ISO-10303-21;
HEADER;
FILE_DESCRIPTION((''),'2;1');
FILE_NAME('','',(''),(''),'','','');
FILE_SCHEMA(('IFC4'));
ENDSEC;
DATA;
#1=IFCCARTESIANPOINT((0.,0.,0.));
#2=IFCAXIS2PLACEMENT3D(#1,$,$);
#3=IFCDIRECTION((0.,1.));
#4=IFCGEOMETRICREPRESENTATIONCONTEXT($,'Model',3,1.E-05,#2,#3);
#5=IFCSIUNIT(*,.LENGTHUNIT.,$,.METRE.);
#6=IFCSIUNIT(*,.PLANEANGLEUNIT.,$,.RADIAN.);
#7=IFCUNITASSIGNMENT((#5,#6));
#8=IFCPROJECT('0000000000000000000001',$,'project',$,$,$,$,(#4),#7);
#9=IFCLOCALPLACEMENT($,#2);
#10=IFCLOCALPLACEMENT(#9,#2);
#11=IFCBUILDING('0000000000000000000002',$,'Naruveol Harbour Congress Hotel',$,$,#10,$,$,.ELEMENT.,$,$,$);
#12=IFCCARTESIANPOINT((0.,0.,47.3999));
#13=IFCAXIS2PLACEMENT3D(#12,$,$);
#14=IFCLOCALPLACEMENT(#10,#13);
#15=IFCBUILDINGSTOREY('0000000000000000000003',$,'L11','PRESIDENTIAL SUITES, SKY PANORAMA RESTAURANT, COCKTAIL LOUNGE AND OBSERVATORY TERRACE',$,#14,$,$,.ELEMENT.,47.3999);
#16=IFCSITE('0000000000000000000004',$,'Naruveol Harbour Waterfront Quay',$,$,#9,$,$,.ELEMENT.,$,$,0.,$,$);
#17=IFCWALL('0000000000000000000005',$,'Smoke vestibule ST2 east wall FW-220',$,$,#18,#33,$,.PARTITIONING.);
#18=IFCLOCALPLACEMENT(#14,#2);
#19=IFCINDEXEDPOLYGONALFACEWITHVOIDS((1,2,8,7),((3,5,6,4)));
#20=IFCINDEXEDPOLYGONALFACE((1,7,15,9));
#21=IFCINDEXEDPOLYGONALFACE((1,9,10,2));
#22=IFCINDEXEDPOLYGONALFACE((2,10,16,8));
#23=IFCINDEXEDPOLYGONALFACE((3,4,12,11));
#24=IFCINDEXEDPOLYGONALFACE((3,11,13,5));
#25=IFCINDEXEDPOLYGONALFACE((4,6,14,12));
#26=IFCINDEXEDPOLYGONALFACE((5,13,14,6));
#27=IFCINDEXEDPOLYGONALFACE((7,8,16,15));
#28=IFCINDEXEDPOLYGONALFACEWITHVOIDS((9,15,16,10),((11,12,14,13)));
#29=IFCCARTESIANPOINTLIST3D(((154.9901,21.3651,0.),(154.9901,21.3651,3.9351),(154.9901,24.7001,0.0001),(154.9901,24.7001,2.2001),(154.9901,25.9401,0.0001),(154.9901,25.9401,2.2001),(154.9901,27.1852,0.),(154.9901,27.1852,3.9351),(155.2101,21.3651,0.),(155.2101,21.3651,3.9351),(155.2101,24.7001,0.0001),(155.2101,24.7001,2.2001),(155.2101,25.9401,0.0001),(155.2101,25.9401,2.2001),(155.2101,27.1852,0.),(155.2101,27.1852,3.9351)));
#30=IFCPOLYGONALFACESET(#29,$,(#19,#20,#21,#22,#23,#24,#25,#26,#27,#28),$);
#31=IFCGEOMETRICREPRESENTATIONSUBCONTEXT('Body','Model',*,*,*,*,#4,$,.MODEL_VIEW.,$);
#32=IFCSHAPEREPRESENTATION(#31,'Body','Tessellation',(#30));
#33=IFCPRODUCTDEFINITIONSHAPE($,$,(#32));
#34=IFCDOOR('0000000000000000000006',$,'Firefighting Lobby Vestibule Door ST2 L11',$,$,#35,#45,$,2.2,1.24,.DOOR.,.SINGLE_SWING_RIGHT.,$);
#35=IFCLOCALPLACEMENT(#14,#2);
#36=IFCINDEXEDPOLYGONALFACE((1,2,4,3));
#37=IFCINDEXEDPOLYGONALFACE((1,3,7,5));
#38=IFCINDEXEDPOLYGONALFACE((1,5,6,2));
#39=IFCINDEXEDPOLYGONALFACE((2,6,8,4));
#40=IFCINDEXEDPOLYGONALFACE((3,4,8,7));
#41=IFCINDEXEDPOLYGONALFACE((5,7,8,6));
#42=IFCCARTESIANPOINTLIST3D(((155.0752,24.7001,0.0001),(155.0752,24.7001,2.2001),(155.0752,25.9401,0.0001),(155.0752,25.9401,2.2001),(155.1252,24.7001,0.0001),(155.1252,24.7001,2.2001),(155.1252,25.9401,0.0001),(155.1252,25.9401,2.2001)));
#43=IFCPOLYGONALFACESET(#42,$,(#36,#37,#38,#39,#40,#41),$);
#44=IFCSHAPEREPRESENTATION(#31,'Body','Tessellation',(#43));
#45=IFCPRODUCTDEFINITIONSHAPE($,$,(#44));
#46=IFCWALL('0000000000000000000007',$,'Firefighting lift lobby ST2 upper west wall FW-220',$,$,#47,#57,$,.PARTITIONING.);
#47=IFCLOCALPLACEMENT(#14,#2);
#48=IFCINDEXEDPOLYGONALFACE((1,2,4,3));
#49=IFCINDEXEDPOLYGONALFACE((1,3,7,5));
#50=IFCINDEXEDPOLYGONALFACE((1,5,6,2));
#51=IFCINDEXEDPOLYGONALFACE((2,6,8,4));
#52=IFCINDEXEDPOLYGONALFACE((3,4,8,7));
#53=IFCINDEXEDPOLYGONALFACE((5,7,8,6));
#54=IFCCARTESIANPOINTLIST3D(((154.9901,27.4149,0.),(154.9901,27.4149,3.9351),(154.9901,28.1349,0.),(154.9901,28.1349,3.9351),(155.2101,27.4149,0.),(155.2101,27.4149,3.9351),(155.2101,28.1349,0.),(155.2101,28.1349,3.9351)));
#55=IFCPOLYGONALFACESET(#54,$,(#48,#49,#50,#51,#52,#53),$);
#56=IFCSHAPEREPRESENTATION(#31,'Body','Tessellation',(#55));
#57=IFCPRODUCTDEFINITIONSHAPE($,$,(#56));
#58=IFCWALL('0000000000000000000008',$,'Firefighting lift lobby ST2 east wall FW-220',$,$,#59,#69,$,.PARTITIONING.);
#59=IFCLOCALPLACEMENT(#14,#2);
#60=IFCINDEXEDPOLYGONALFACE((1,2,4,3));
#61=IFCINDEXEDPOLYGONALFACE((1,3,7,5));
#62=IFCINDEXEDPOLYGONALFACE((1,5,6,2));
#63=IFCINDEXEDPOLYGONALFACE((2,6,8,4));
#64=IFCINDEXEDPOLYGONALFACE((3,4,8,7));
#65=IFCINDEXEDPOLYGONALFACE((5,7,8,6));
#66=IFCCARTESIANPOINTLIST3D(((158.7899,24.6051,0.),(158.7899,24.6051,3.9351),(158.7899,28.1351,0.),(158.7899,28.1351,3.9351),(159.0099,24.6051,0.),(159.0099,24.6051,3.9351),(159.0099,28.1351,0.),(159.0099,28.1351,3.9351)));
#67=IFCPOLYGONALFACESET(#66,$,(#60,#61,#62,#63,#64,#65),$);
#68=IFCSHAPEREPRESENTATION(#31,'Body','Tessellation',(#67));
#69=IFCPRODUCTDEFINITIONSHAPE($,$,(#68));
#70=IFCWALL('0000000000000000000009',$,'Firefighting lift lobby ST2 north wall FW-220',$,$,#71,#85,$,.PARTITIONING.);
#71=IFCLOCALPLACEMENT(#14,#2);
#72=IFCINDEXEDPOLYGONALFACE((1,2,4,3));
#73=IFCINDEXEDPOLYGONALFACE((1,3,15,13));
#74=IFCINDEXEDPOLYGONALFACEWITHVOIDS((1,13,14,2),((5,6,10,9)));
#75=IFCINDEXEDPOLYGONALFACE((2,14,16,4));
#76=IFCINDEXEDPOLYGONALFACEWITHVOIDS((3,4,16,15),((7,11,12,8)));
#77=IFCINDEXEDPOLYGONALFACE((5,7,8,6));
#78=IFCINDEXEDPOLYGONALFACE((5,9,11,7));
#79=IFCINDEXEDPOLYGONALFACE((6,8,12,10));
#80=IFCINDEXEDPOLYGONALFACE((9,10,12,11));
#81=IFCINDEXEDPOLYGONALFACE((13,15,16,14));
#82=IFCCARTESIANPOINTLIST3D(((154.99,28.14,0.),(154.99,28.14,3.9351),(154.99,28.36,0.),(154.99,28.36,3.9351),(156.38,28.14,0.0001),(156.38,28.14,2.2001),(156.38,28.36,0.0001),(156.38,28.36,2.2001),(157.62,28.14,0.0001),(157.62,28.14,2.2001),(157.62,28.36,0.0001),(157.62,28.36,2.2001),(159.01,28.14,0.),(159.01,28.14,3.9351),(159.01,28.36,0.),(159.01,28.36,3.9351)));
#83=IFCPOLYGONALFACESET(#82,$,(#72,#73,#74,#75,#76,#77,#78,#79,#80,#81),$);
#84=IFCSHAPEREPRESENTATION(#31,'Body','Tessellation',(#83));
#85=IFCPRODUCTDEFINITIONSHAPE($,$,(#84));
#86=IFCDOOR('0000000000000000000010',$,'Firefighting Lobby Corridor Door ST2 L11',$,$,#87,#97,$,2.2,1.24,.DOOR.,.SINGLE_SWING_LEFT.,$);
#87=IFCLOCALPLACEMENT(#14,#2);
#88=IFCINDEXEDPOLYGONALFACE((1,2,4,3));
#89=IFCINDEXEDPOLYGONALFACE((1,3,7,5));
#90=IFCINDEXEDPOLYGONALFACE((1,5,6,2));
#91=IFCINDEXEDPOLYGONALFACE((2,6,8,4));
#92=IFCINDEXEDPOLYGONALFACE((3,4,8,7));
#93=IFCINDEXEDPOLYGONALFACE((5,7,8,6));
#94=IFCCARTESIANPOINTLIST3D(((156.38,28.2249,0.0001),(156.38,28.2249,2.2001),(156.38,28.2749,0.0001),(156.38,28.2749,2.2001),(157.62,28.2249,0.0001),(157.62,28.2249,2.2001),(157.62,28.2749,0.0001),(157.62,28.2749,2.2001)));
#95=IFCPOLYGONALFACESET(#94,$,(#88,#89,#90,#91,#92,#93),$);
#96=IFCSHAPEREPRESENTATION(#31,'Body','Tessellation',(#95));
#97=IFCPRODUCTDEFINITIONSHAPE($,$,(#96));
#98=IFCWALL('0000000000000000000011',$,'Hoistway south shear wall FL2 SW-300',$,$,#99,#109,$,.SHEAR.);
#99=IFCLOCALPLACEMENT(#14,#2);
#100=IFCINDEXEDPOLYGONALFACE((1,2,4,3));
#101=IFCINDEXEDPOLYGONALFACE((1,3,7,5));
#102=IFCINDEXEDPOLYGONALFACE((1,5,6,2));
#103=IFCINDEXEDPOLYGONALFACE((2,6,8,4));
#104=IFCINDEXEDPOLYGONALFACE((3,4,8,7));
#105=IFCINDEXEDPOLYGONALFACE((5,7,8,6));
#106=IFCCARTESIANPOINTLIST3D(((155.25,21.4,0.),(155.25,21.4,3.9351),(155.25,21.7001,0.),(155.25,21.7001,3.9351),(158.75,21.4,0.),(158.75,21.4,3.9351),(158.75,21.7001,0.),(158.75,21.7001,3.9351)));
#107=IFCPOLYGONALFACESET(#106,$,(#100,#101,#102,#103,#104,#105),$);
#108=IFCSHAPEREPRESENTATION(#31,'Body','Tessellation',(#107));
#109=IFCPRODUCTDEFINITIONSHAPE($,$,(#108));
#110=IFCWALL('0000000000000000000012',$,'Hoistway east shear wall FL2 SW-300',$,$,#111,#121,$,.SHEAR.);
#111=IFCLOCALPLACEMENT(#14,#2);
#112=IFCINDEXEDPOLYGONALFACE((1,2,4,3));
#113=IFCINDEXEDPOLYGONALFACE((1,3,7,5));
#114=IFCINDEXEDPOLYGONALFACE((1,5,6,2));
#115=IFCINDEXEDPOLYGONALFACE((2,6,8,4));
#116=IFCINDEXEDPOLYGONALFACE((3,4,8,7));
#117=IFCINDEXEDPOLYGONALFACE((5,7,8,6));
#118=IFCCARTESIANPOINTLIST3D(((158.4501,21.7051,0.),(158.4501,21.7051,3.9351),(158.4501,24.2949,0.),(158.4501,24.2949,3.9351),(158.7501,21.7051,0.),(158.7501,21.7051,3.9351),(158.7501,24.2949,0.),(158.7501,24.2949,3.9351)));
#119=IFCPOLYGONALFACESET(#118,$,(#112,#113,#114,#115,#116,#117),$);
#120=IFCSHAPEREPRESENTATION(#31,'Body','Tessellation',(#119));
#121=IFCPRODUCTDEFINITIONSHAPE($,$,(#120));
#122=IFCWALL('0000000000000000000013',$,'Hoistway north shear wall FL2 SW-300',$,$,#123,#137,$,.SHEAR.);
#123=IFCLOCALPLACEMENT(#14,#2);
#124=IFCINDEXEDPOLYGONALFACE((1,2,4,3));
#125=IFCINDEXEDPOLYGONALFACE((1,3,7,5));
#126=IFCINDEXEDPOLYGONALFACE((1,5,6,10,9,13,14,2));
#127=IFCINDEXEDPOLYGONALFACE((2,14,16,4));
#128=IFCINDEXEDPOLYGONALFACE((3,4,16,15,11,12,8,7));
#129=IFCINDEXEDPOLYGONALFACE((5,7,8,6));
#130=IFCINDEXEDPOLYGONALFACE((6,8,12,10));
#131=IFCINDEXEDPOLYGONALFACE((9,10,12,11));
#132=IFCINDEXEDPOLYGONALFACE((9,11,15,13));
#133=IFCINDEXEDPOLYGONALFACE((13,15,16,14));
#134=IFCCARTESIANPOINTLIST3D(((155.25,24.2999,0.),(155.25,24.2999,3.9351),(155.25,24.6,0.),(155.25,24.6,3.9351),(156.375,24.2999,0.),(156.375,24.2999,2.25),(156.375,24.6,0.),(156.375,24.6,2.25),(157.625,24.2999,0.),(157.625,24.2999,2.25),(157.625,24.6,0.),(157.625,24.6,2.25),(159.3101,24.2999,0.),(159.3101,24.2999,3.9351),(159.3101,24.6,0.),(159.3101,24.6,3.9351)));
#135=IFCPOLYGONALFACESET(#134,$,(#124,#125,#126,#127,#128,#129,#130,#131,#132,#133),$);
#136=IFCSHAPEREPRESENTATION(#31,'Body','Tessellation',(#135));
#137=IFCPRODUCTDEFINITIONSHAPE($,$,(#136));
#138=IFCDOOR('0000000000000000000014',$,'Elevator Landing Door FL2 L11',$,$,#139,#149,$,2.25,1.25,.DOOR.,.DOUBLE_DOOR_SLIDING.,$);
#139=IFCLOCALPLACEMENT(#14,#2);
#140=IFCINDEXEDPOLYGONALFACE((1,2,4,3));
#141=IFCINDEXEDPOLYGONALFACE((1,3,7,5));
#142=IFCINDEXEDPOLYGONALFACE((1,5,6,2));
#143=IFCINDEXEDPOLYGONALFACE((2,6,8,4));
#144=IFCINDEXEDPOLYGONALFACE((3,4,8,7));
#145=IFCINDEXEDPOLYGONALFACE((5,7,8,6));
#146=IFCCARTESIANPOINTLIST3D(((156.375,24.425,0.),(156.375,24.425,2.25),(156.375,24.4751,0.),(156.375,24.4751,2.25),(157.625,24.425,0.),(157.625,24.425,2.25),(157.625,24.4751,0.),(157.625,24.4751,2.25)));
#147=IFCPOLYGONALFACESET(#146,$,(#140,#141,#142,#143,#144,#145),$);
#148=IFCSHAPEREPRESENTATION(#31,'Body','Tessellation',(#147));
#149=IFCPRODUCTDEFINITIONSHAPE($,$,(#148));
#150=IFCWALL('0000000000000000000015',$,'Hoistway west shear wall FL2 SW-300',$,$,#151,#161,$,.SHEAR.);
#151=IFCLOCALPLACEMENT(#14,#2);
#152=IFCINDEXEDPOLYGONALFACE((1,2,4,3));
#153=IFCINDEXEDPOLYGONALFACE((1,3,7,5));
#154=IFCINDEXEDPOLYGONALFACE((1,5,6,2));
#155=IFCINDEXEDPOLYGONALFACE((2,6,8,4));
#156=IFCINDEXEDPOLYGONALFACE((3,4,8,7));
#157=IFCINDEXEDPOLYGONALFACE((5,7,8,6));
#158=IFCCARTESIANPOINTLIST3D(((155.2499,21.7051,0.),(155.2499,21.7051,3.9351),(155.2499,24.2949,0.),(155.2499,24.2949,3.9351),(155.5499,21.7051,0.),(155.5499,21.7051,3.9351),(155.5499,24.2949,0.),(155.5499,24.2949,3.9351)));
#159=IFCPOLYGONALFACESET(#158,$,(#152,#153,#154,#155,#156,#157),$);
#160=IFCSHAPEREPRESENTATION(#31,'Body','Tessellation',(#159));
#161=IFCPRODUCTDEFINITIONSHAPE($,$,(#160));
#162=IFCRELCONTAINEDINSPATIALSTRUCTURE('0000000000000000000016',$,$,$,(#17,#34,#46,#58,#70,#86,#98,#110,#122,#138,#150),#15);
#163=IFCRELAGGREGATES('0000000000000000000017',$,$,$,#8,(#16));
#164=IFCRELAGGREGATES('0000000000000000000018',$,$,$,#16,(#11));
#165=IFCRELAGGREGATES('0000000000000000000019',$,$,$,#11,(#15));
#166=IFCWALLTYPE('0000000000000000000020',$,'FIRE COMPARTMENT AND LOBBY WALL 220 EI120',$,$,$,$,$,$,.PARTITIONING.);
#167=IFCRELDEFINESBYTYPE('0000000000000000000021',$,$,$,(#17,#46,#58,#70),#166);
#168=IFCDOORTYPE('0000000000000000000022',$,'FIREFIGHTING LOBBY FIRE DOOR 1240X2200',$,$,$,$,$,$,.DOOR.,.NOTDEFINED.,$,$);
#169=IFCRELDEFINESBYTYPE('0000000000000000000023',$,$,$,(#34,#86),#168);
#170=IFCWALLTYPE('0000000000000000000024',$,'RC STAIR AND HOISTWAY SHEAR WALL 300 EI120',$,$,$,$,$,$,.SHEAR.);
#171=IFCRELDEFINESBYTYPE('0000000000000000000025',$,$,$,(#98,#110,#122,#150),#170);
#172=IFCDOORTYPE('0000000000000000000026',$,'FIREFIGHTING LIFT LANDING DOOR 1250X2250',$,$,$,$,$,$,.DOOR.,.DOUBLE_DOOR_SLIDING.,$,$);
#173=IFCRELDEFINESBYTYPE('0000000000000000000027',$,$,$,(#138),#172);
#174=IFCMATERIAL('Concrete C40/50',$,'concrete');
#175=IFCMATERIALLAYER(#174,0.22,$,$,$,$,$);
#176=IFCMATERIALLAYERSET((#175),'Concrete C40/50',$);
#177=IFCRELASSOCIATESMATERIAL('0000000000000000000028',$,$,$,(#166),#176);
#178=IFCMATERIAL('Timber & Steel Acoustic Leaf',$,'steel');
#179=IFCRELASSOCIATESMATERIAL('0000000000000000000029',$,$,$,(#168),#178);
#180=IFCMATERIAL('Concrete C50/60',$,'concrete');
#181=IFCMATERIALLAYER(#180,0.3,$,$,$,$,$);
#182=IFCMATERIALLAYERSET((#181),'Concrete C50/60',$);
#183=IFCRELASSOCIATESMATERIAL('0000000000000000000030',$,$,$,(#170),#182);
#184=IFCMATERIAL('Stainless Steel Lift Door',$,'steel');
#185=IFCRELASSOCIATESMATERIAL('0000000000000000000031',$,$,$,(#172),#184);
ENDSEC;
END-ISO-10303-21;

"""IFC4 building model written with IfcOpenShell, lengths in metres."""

from ifc_helpers import new_model, si_unit, direction, frame, frame_2d, origin, place, context, subcontext, project, spatial, rectangle, extrude, material, layer, layer_set, type_object, element, fill, save


model = new_model("IFC4")

# Units and contexts
model_context = context("Model", 3, precision=1e-05, world=origin(), true_north=direction((0.0, 1.0)))
body_context = subcontext(model_context, "Body", "Model", "MODEL_VIEW")
ifc_project = project(units=[si_unit("LENGTHUNIT", "METRE"), si_unit("PLANEANGLEUNIT", "RADIAN")], contexts=[model_context])

# Site, building, storey
site_placement = place(None, origin())
site = spatial("IfcSite", under=ifc_project, at=site_placement, Name="Naruveol Harbour Waterfront Quay", CompositionType="ELEMENT", RefElevation=0.0)
building_placement = place(site_placement, origin())
building = spatial("IfcBuilding", under=site, at=building_placement, Name="Naruveol Harbour Congress Hotel", CompositionType="ELEMENT")
storey_placement = place(building_placement, frame((0.0, 0.0, 47.3999)))
storey = spatial("IfcBuildingStorey", under=building, at=storey_placement, Name="L11", Description="PRESIDENTIAL SUITES, SKY PANORAMA RESTAURANT, COCKTAIL LOUNGE AND OBSERVATORY TERRACE", CompositionType="ELEMENT", Elevation=47.3999)

# Wall, opening, door
ifc_material_1 = material(Name="Concrete C40/50", Category="concrete")
ifc_layer_1 = layer(ifc_material_1, 0.22)
ifc_layer_set_1 = layer_set([ifc_layer_1], Name="Concrete C40/50")
wall_type_1 = type_object("IfcWallType", Name="FIRE COMPARTMENT AND LOBBY WALL 220 EI120", PredefinedType="PARTITIONING", material=ifc_layer_set_1)
wall_1_placement = place(storey_placement, frame((155.1001, 21.365, 0.0), z_axis=(0.0, 0.0, 1.0), x_axis=(0.0, 1.0, 0.0)))
wall_1 = element("IfcWall", 1, at=wall_1_placement, inside=storey, type_object=wall_type_1, Name="Smoke vestibule ST2 east wall FW-220", PredefinedType="PARTITIONING", context=body_context, shape_type="SweptSolid", body=[
    extrude(rectangle(XDim=5.8201, YDim=0.22, at=frame_2d((2.9102, 0.0))), origin(), (0.0, 0.0, 1.0), 3.9351),
])
opening_1_placement = place(wall_1_placement, frame((3.335, 0.0, 0.0)))
opening_1 = element("IfcOpeningElement", 2, at=opening_1_placement, cuts=wall_1, PredefinedType="OPENING", context=body_context, shape_type="SweptSolid", body=[
    extrude(rectangle(XDim=1.24, YDim=2.2, at=frame_2d((0.6201, 1.1001))), frame((0.0, 0.1199, 0.0), z_axis=(0.0, -1.0, 0.0), x_axis=(1.0, 0.0, 0.0)), (0.0, 0.0, 1.0), 0.24),
])
ifc_material_2 = material(Name="Timber & Steel Acoustic Leaf", Category="steel")
door_type_1 = type_object("IfcDoorType", Name="FIREFIGHTING LOBBY FIRE DOOR 1240X2200", OperationType="NOTDEFINED", PredefinedType="DOOR", material=ifc_material_2)
door_1_placement = place(opening_1_placement, origin())
door_1 = element("IfcDoor", 3, at=door_1_placement, inside=storey, type_object=door_type_1, Name="Firefighting Lobby Vestibule Door ST2 L11", OperationType="SINGLE_SWING_RIGHT", OverallHeight=2.2, OverallWidth=1.24, PredefinedType="DOOR", context=body_context, shape_type="SweptSolid", body=[
    extrude(rectangle(XDim=1.24, YDim=2.2, at=frame_2d((0.6201, 1.1001))), frame((0.0, 0.0249, 0.0), z_axis=(0.0, -1.0, 0.0), x_axis=(1.0, 0.0, 0.0)), (0.0, 0.0, 1.0), 0.05),
])
fill(opening_1, door_1)

# Walls
wall_2_placement = place(storey_placement, frame((155.1001, 27.415, 0.0), z_axis=(0.0, 0.0, 1.0), x_axis=(0.0, 1.0, 0.0)))
element("IfcWall", 4, at=wall_2_placement, inside=storey, type_object=wall_type_1, Name="Firefighting lift lobby ST2 upper west wall FW-220", PredefinedType="PARTITIONING", context=body_context, shape_type="SweptSolid", body=[
    extrude(rectangle(XDim=0.72, YDim=0.22, at=frame_2d((0.3599, 0.0))), origin(), (0.0, 0.0, 1.0), 3.9351),
])
wall_3_placement = place(storey_placement, frame((158.8999, 24.605, 0.0), z_axis=(0.0, 0.0, 1.0), x_axis=(0.0, 1.0, 0.0)))
element("IfcWall", 5, at=wall_3_placement, inside=storey, type_object=wall_type_1, Name="Firefighting lift lobby ST2 east wall FW-220", PredefinedType="PARTITIONING", context=body_context, shape_type="SweptSolid", body=[
    extrude(rectangle(XDim=3.53, YDim=0.22, at=frame_2d((1.7651, 0.0))), origin(), (0.0, 0.0, 1.0), 3.9351),
])

# Wall, opening, door
wall_4_placement = place(storey_placement, frame((154.99, 28.25, 0.0), z_axis=(0.0, 0.0, 1.0), x_axis=(1.0, 0.0, 0.0)))
wall_4 = element("IfcWall", 6, at=wall_4_placement, inside=storey, type_object=wall_type_1, Name="Firefighting lift lobby ST2 north wall FW-220", PredefinedType="PARTITIONING", context=body_context, shape_type="SweptSolid", body=[
    extrude(rectangle(XDim=4.02, YDim=0.22, at=frame_2d((2.01, 0.0))), origin(), (0.0, 0.0, 1.0), 3.9351),
])
opening_2_placement = place(wall_4_placement, frame((1.3899, 0.0, 0.0)))
opening_2 = element("IfcOpeningElement", 7, at=opening_2_placement, cuts=wall_4, PredefinedType="OPENING", context=body_context, shape_type="SweptSolid", body=[
    extrude(rectangle(XDim=1.24, YDim=2.2, at=frame_2d((0.6201, 1.1001))), frame((0.0, 0.1199, 0.0), z_axis=(0.0, -1.0, 0.0), x_axis=(1.0, 0.0, 0.0)), (0.0, 0.0, 1.0), 0.24),
])
door_2_placement = place(opening_2_placement, origin())
door_2 = element("IfcDoor", 8, at=door_2_placement, inside=storey, type_object=door_type_1, Name="Firefighting Lobby Corridor Door ST2 L11", OperationType="SINGLE_SWING_LEFT", OverallHeight=2.2, OverallWidth=1.24, PredefinedType="DOOR", context=body_context, shape_type="SweptSolid", body=[
    extrude(rectangle(XDim=1.24, YDim=2.2, at=frame_2d((0.6201, 1.1001))), frame((0.0, 0.0249, 0.0), z_axis=(0.0, -1.0, 0.0), x_axis=(1.0, 0.0, 0.0)), (0.0, 0.0, 1.0), 0.05),
])
fill(opening_2, door_2)

# Walls
ifc_material_3 = material(Name="Concrete C50/60", Category="concrete")
ifc_layer_2 = layer(ifc_material_3, 0.3)
ifc_layer_set_2 = layer_set([ifc_layer_2], Name="Concrete C50/60")
wall_type_2 = type_object("IfcWallType", Name="RC STAIR AND HOISTWAY SHEAR WALL 300 EI120", PredefinedType="SHEAR", material=ifc_layer_set_2)
wall_5_placement = place(storey_placement, frame((155.25, 21.55, 0.0), z_axis=(0.0, 0.0, 1.0), x_axis=(1.0, 0.0, 0.0)))
element("IfcWall", 9, at=wall_5_placement, inside=storey, type_object=wall_type_2, Name="Hoistway south shear wall FL2 SW-300", PredefinedType="SHEAR", context=body_context, shape_type="SweptSolid", body=[
    extrude(rectangle(XDim=3.5, YDim=0.3, at=frame_2d((1.75, 0.0))), origin(), (0.0, 0.0, 1.0), 3.9351),
])
wall_6_placement = place(storey_placement, frame((158.6001, 21.7051, 0.0), z_axis=(0.0, 0.0, 1.0), x_axis=(0.0, 1.0, 0.0)))
element("IfcWall", 10, at=wall_6_placement, inside=storey, type_object=wall_type_2, Name="Hoistway east shear wall FL2 SW-300", PredefinedType="SHEAR", context=body_context, shape_type="SweptSolid", body=[
    extrude(rectangle(XDim=2.5898, YDim=0.3, at=frame_2d((1.2949, 0.0))), origin(), (0.0, 0.0, 1.0), 3.9351),
])

# Wall, opening, door
wall_7_placement = place(storey_placement, frame((159.3101, 24.45, 0.0), z_axis=(0.0, 0.0, 1.0), x_axis=(-1.0, 0.0, 0.0)))
wall_7 = element("IfcWall", 11, at=wall_7_placement, inside=storey, type_object=wall_type_2, Name="Hoistway north shear wall FL2 SW-300", PredefinedType="SHEAR", context=body_context, shape_type="SweptSolid", body=[
    extrude(rectangle(XDim=4.0601, YDim=0.3, at=frame_2d((2.03, 0.0))), origin(), (0.0, 0.0, 1.0), 3.9351),
])
opening_3_placement = place(wall_7_placement, frame((1.6851, 0.0, 0.0)))
opening_3 = element("IfcOpeningElement", 12, at=opening_3_placement, cuts=wall_7, PredefinedType="OPENING", context=body_context, shape_type="SweptSolid", body=[
    extrude(rectangle(XDim=1.25, YDim=2.25, at=frame_2d((0.625, 1.125))), frame((0.0, 0.1599, 0.0), z_axis=(0.0, -1.0, 0.0), x_axis=(1.0, 0.0, 0.0)), (0.0, 0.0, 1.0), 0.3201),
])
ifc_material_4 = material(Name="Stainless Steel Lift Door", Category="steel")
door_type_2 = type_object("IfcDoorType", Name="FIREFIGHTING LIFT LANDING DOOR 1250X2250", OperationType="DOUBLE_DOOR_SLIDING", PredefinedType="DOOR", material=ifc_material_4)
door_3_placement = place(opening_3_placement, origin())
door_3 = element("IfcDoor", 13, at=door_3_placement, inside=storey, type_object=door_type_2, Name="Elevator Landing Door FL2 L11", OperationType="DOUBLE_DOOR_SLIDING", OverallHeight=2.25, OverallWidth=1.25, PredefinedType="DOOR", context=body_context, shape_type="SweptSolid", body=[
    extrude(rectangle(XDim=1.25, YDim=2.25, at=frame_2d((0.625, 1.125))), frame((0.0, 0.0249, 0.0), z_axis=(0.0, -1.0, 0.0), x_axis=(1.0, 0.0, 0.0)), (0.0, 0.0, 1.0), 0.05),
])
fill(opening_3, door_3)

# Wall
wall_8_placement = place(storey_placement, frame((155.3999, 24.2949, 0.0), z_axis=(0.0, 0.0, 1.0), x_axis=(0.0, -1.0, 0.0)))
element("IfcWall", 14, at=wall_8_placement, inside=storey, type_object=wall_type_2, Name="Hoistway west shear wall FL2 SW-300", PredefinedType="SHEAR", context=body_context, shape_type="SweptSolid", body=[
    extrude(rectangle(XDim=2.5898, YDim=0.3, at=frame_2d((1.2949, 0.0))), origin(), (0.0, 0.0, 1.0), 3.9351),
])

save(model, "model.ifc")
